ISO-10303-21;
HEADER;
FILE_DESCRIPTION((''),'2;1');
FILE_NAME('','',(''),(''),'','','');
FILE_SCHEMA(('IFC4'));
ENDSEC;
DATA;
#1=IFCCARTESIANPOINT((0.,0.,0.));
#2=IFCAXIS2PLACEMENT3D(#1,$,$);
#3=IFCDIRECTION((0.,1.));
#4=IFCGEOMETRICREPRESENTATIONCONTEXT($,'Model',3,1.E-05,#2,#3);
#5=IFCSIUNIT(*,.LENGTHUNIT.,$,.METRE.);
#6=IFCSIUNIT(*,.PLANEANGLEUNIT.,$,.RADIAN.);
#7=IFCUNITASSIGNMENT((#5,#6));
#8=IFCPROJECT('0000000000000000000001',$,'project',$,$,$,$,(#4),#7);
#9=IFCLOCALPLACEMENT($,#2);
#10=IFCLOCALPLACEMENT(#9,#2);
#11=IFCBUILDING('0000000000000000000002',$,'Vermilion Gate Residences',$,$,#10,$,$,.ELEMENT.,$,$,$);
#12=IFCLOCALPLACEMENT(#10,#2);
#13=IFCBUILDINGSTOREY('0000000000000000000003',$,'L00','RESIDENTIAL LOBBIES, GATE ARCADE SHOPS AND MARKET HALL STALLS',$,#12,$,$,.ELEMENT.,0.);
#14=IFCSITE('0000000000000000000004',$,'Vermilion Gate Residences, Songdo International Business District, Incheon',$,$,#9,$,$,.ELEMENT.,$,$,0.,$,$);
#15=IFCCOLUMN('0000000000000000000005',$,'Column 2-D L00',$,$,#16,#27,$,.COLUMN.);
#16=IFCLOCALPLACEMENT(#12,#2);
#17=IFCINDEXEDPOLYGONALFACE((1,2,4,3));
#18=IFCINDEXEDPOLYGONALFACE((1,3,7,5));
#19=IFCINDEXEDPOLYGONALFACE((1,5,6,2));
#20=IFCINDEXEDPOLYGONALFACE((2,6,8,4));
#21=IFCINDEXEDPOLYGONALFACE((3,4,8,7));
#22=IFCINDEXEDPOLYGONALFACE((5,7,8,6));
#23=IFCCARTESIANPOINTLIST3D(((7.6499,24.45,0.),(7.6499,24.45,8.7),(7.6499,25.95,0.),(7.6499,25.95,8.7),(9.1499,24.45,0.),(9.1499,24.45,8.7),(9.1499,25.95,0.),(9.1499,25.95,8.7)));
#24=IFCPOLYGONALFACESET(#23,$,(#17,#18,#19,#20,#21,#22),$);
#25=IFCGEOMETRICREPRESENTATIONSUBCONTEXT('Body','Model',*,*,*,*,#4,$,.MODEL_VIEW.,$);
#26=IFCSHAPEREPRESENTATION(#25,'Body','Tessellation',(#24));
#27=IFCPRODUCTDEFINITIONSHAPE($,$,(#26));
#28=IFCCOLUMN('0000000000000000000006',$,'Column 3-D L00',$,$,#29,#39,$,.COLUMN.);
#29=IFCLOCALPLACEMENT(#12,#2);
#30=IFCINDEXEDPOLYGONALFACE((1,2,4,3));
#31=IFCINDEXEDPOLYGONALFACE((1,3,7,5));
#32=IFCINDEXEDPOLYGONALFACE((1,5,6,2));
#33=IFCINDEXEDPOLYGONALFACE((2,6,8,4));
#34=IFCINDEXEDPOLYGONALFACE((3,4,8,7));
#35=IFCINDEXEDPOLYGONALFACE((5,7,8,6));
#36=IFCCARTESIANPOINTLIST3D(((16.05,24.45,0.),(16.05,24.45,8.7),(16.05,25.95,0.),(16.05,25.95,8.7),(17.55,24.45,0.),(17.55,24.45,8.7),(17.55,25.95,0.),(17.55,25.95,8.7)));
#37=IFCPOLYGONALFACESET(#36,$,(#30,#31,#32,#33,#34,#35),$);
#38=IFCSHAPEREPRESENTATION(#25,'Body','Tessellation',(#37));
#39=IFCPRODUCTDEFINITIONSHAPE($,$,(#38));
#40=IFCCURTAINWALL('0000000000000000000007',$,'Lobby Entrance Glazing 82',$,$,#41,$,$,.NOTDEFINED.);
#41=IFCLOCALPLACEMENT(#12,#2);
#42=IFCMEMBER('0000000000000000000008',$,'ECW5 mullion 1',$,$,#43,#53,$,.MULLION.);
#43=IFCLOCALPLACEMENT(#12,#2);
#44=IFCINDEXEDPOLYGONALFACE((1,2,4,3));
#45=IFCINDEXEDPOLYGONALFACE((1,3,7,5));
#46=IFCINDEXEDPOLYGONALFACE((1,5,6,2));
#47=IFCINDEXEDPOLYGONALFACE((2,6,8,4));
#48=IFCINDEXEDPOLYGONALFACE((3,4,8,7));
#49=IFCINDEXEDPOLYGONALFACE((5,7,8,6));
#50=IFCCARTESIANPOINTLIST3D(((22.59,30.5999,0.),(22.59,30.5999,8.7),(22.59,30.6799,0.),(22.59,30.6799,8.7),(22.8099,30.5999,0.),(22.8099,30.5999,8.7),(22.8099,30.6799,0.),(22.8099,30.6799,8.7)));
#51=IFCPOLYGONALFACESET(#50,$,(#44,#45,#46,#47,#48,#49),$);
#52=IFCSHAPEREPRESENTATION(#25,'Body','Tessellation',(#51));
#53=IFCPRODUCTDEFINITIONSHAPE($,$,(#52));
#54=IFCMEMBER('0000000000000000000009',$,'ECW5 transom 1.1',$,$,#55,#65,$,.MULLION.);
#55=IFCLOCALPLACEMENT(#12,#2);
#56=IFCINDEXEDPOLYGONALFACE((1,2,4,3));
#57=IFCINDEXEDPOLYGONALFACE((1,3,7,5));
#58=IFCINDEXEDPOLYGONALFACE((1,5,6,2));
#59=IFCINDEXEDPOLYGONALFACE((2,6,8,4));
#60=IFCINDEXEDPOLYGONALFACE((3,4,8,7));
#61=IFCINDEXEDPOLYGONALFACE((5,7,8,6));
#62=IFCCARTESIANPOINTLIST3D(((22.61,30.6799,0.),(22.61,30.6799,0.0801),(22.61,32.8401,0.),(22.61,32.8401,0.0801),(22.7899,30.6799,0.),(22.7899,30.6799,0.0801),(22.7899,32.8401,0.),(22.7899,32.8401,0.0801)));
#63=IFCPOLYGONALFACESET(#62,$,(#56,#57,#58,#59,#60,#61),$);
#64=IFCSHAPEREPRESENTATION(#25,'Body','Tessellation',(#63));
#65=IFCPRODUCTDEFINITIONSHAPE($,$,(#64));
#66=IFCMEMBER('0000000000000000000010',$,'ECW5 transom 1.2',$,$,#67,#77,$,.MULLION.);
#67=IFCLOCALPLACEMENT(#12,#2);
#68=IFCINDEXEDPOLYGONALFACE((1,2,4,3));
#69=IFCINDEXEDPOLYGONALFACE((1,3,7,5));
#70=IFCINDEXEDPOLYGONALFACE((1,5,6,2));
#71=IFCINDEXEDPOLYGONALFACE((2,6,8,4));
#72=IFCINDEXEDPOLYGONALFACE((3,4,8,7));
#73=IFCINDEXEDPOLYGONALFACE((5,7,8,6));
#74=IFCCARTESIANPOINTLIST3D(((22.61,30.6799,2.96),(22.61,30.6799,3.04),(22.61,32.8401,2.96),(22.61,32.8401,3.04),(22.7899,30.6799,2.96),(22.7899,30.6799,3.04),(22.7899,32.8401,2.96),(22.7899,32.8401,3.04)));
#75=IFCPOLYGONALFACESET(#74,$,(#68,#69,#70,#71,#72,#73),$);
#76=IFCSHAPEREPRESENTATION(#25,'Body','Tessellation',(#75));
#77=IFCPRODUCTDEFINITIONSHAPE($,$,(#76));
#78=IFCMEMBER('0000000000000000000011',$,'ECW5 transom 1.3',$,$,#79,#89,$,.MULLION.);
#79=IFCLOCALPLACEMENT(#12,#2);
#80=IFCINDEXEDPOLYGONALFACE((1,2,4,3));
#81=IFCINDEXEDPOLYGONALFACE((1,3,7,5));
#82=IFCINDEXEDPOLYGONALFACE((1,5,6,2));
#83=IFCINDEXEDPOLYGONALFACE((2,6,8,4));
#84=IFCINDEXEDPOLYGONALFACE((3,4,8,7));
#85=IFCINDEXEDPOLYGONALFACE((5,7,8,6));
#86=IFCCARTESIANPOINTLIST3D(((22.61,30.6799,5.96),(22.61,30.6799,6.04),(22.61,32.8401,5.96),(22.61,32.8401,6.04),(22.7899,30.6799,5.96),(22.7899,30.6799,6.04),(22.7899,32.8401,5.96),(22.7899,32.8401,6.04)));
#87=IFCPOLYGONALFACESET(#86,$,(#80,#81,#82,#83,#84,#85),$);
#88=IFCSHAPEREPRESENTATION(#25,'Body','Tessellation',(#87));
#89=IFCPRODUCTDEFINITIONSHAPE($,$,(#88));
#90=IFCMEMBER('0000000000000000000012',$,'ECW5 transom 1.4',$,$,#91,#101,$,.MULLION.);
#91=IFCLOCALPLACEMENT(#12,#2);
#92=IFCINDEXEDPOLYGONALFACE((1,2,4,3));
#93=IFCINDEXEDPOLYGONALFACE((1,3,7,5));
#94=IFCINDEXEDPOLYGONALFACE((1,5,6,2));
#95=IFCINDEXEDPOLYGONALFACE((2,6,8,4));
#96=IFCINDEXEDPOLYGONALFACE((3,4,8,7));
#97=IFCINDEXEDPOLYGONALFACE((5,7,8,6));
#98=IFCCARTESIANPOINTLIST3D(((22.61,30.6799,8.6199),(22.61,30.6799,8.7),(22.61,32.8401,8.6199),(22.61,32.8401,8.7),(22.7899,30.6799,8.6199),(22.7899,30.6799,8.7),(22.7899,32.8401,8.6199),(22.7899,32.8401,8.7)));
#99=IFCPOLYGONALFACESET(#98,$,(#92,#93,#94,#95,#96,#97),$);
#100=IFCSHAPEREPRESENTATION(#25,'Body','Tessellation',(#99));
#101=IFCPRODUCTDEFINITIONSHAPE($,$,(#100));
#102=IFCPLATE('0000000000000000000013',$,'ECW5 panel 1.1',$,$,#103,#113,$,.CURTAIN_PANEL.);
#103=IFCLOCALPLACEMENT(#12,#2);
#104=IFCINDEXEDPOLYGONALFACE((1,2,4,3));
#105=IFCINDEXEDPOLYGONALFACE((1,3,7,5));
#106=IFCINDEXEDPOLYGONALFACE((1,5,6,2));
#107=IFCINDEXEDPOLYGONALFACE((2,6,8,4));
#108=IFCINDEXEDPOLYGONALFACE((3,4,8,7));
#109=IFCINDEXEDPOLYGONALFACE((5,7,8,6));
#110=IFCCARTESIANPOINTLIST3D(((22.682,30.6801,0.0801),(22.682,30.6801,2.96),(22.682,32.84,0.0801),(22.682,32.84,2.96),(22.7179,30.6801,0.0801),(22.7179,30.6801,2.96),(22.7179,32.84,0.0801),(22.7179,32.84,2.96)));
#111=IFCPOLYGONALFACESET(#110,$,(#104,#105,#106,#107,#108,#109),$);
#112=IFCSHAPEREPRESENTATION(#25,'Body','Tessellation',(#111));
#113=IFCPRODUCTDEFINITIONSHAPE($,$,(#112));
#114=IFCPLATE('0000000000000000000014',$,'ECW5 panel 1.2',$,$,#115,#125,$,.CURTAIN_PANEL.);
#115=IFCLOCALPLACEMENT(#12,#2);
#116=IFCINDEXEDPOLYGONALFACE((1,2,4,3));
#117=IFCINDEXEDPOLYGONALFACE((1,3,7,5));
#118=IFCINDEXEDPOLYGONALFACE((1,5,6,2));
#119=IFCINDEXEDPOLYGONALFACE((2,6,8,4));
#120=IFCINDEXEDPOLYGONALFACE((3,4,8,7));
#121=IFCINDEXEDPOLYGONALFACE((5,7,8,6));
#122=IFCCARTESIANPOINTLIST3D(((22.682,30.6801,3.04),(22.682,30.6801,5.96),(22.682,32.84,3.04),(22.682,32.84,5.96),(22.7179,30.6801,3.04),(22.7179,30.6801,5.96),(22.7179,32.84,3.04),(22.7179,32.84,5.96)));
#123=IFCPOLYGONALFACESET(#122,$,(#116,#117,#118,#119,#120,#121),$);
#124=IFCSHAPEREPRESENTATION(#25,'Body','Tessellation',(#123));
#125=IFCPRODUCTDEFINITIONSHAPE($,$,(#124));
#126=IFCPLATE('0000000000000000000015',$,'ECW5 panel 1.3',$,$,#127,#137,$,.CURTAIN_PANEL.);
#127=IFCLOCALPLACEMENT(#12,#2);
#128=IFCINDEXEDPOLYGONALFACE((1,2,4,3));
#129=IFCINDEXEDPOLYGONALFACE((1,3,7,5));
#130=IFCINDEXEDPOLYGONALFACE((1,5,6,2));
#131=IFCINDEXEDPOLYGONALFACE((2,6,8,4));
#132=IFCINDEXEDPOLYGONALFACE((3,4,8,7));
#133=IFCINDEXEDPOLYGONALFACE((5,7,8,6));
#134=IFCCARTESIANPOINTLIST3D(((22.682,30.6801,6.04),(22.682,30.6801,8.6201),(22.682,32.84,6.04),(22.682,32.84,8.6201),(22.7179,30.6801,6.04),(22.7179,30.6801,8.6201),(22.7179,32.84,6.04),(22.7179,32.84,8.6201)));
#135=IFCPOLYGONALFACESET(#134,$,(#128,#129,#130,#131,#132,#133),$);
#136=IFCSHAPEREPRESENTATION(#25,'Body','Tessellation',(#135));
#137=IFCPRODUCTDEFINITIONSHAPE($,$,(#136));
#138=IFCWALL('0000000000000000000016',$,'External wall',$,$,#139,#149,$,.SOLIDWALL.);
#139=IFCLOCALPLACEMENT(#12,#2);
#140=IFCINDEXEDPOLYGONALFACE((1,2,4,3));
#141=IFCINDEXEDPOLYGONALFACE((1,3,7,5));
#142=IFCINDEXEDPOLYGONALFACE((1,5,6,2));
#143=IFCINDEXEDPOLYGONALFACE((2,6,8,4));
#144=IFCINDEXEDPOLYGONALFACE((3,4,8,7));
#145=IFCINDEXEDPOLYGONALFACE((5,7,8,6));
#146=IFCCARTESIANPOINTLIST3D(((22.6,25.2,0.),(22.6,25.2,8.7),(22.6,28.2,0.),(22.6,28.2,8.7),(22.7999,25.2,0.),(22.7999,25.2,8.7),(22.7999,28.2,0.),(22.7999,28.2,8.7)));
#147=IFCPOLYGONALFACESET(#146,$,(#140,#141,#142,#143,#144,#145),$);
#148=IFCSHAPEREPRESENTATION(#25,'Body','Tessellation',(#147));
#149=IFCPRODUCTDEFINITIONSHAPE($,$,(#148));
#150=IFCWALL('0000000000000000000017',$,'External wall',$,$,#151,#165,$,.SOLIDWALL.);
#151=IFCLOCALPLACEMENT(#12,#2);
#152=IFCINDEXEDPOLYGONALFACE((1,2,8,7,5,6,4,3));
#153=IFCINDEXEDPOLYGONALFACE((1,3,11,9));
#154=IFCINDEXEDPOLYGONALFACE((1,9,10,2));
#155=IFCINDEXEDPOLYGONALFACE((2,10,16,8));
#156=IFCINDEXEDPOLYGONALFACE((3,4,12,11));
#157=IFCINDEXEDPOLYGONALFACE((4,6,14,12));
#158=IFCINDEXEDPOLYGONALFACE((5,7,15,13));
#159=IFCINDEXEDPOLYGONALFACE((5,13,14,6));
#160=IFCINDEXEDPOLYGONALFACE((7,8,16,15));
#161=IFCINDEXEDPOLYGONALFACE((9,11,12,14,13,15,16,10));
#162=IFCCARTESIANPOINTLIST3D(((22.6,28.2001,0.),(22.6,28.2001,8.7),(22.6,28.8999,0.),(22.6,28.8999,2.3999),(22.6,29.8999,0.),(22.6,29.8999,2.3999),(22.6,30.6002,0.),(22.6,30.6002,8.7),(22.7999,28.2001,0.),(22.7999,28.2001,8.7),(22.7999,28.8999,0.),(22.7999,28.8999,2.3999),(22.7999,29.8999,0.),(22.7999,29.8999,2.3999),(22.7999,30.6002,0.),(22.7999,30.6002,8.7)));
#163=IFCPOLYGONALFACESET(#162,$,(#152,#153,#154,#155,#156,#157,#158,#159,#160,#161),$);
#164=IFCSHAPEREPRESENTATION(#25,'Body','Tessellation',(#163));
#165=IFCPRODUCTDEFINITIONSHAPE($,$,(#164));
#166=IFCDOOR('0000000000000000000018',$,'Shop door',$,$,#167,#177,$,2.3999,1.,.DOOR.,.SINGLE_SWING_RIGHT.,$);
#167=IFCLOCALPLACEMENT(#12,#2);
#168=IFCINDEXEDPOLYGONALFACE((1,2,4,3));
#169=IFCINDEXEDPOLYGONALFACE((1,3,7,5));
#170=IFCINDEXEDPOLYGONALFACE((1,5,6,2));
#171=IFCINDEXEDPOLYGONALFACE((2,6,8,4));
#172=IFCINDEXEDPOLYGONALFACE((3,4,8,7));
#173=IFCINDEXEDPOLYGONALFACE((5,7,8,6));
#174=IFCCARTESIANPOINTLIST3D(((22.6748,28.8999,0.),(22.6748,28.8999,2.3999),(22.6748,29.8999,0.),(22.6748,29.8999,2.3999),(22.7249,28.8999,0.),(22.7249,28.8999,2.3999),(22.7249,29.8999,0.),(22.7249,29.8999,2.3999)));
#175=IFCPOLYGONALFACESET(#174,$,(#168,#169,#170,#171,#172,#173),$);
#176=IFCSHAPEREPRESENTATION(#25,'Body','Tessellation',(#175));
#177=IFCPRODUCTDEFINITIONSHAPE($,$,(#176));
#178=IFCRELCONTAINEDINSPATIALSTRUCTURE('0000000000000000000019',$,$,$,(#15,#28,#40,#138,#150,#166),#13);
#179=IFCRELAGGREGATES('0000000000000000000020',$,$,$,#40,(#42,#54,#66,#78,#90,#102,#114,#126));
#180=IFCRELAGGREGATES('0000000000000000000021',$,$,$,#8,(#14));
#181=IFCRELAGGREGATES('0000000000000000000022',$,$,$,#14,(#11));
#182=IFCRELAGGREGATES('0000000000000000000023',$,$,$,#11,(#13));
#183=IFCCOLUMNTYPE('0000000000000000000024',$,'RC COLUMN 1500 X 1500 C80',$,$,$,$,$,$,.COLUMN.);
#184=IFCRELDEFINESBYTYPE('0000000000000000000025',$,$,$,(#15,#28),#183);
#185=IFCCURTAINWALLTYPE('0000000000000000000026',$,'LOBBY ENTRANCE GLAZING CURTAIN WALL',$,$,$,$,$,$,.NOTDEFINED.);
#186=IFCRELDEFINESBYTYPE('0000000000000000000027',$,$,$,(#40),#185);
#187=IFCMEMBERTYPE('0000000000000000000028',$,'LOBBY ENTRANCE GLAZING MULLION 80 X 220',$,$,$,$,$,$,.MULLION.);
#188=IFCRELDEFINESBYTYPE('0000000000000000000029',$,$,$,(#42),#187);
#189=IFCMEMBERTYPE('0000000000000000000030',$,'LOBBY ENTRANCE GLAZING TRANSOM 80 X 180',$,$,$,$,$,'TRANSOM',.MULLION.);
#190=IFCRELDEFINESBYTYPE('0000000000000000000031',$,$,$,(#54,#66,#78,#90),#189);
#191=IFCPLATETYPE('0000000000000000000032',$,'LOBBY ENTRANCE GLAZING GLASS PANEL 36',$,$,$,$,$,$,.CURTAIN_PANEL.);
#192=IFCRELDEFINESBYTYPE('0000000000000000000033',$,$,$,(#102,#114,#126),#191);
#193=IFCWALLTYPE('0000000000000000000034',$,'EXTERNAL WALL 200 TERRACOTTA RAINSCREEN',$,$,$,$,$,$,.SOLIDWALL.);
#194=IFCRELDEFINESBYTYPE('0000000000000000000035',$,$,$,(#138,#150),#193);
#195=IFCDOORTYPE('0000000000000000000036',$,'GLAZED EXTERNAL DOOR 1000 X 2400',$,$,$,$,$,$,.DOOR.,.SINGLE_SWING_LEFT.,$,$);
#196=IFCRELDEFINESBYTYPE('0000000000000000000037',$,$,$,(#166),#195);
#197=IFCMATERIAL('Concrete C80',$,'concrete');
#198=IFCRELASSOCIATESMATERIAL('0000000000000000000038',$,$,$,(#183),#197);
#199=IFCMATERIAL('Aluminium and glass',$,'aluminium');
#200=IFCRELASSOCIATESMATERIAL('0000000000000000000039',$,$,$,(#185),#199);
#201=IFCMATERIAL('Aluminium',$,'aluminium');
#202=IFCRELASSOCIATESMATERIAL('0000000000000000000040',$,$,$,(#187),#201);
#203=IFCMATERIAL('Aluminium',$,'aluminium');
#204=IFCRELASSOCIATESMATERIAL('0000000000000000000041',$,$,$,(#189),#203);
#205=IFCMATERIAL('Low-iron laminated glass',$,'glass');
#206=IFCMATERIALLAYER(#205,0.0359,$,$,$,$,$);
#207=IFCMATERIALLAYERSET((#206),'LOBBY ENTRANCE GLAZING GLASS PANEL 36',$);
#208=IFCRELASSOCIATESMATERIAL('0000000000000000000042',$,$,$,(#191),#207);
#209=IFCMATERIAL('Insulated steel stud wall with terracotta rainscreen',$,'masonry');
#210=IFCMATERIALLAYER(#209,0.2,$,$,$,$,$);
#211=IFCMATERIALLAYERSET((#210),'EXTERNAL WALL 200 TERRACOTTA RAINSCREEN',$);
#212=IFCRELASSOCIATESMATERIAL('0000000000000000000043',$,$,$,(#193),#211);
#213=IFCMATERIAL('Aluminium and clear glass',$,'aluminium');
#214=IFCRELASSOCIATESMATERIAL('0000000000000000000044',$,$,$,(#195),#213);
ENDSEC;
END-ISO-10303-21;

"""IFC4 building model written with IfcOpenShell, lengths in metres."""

from ifc_helpers import new_model, si_unit, direction, frame, frame_2d, origin, origin_2d, place, context, subcontext, project, spatial, rectangle, extrude, material, layer, layer_set, material_profile, profile_set, type_object, element, fill, aggregate, save


model = new_model("IFC4")

# Units and contexts
model_context = context("Model", 3, precision=1e-05, world=origin(), true_north=direction((0.0, 1.0)))
body_context = subcontext(model_context, "Body", "Model", "MODEL_VIEW")
ifc_project = project(units=[si_unit("LENGTHUNIT", "METRE"), si_unit("PLANEANGLEUNIT", "RADIAN")], contexts=[model_context])

# Site, building, storey
site_placement = place(None, origin())
site = spatial("IfcSite", under=ifc_project, at=site_placement, Name="Vermilion Gate Residences, Songdo International Business District, Incheon", CompositionType="ELEMENT", RefElevation=0.0)
building_placement = place(site_placement, origin())
building = spatial("IfcBuilding", under=site, at=building_placement, Name="Vermilion Gate Residences", CompositionType="ELEMENT")
storey_placement = place(building_placement, origin())
storey = spatial("IfcBuildingStorey", under=building, at=storey_placement, Name="L00", Description="RESIDENTIAL LOBBIES, GATE ARCADE SHOPS AND MARKET HALL STALLS", CompositionType="ELEMENT", Elevation=0.0)

# Columns
ifc_material_1 = material(Name="Concrete C80", Category="concrete")
ifc_material_profile_1 = material_profile(ifc_material_1, rectangle(XDim=1.5, YDim=1.5, at=origin_2d()), Name="RC-1500x1500")
ifc_profile_set_1 = profile_set([ifc_material_profile_1], Name="Concrete C80")
column_type = type_object("IfcColumnType", Name="RC COLUMN 1500 X 1500 C80", PredefinedType="COLUMN", material=ifc_profile_set_1)
for number, where, z_axis, x_axis, name in (
    (1, (8.3999, 25.2, 0.0), (0.0, 0.0, 1.0), (1.0, 0.0, 0.0), "Column 2-D L00"),
    (2, (16.8, 25.2, 0.0), (0.0, 0.0, 1.0), (1.0, 0.0, 0.0), "Column 3-D L00"),
):
    element("IfcColumn", number, at=place(storey_placement, frame(where, z_axis=z_axis, x_axis=x_axis)), inside=storey, type_object=column_type, Name=name, PredefinedType="COLUMN", context=body_context, shape_type="SweptSolid", body=[
        extrude(rectangle(XDim=1.5, YDim=1.5, at=origin_2d()), origin(), (0.0, 0.0, 1.0), 8.7),
    ])

# Curtain wall, members, plates
ifc_material_2 = material(Name="Aluminium and glass", Category="aluminium")
curtain_wall_type = type_object("IfcCurtainWallType", Name="LOBBY ENTRANCE GLAZING CURTAIN WALL", PredefinedType="NOTDEFINED", material=ifc_material_2)
curtain_wall_placement = place(storey_placement, origin())
curtain_wall = element("IfcCurtainWall", 3, at=curtain_wall_placement, inside=storey, type_object=curtain_wall_type, Name="Lobby Entrance Glazing 82", PredefinedType="NOTDEFINED")
ifc_material_3 = material(Name="Aluminium", Category="aluminium")
ifc_material_profile_2 = material_profile(ifc_material_3, rectangle(XDim=0.22, YDim=0.0801, at=origin_2d()), Name="MULLION 80 X 220")
ifc_profile_set_2 = profile_set([ifc_material_profile_2], Name="Aluminium")
member_type_1 = type_object("IfcMemberType", Name="LOBBY ENTRANCE GLAZING MULLION 80 X 220", PredefinedType="MULLION", material=ifc_profile_set_2)
member_1_placement = place(storey_placement, frame((22.7, 30.6399, 0.0), z_axis=(0.0, 0.0, 1.0), x_axis=(-1.0, 0.0, 0.0)))
member_1 = element("IfcMember", 4, at=member_1_placement, type_object=member_type_1, Name="ECW5 mullion 1", PredefinedType="MULLION", context=body_context, shape_type="SweptSolid", body=[
    extrude(rectangle(XDim=0.22, YDim=0.0801, at=origin_2d()), origin(), (0.0, 0.0, 1.0), 8.7),
])
ifc_material_4 = material(Name="Aluminium", Category="aluminium")
ifc_material_profile_3 = material_profile(ifc_material_4, rectangle(XDim=0.1799, YDim=0.0801, at=origin_2d()), Name="TRANSOM 80 X 180")
ifc_profile_set_3 = profile_set([ifc_material_profile_3], Name="Aluminium")
member_type_2 = type_object("IfcMemberType", Name="LOBBY ENTRANCE GLAZING TRANSOM 80 X 180", ElementType="TRANSOM", PredefinedType="MULLION", material=ifc_profile_set_3)
member_2_placement = place(storey_placement, frame((22.7, 30.6799, 0.04), z_axis=(0.0, 1.0, 0.0), x_axis=(-1.0, 0.0, 0.0)))
member_2 = element("IfcMember", 5, at=member_2_placement, type_object=member_type_2, Name="ECW5 transom 1.1", PredefinedType="MULLION", context=body_context, shape_type="SweptSolid", body=[
    extrude(rectangle(XDim=0.1799, YDim=0.0801, at=origin_2d()), origin(), (0.0, 0.0, 1.0), 2.1602),
])
member_3_placement = place(storey_placement, frame((22.7, 30.6799, 3.0), z_axis=(0.0, 1.0, 0.0), x_axis=(-1.0, 0.0, 0.0)))
member_3 = element("IfcMember", 6, at=member_3_placement, type_object=member_type_2, Name="ECW5 transom 1.2", PredefinedType="MULLION", context=body_context, shape_type="SweptSolid", body=[
    extrude(rectangle(XDim=0.1799, YDim=0.0801, at=origin_2d()), origin(), (0.0, 0.0, 1.0), 2.1602),
])
member_4_placement = place(storey_placement, frame((22.7, 30.6799, 6.0), z_axis=(0.0, 1.0, 0.0), x_axis=(-1.0, 0.0, 0.0)))
member_4 = element("IfcMember", 7, at=member_4_placement, type_object=member_type_2, Name="ECW5 transom 1.3", PredefinedType="MULLION", context=body_context, shape_type="SweptSolid", body=[
    extrude(rectangle(XDim=0.1799, YDim=0.0801, at=origin_2d()), origin(), (0.0, 0.0, 1.0), 2.1602),
])
member_5_placement = place(storey_placement, frame((22.7, 30.6799, 8.6599), z_axis=(0.0, 1.0, 0.0), x_axis=(-1.0, 0.0, 0.0)))
member_5 = element("IfcMember", 8, at=member_5_placement, type_object=member_type_2, Name="ECW5 transom 1.4", PredefinedType="MULLION", context=body_context, shape_type="SweptSolid", body=[
    extrude(rectangle(XDim=0.1799, YDim=0.0801, at=origin_2d()), origin(), (0.0, 0.0, 1.0), 2.1602),
])
ifc_material_5 = material(Name="Low-iron laminated glass", Category="glass")
ifc_layer_1 = layer(ifc_material_5, 0.0359)
ifc_layer_set_1 = layer_set([ifc_layer_1], Name="LOBBY ENTRANCE GLAZING GLASS PANEL 36")
plate_type = type_object("IfcPlateType", Name="LOBBY ENTRANCE GLAZING GLASS PANEL 36", PredefinedType="CURTAIN_PANEL", material=ifc_layer_set_1)
plate_1_placement = place(storey_placement, frame((22.7, 31.76, 0.0801), z_axis=(0.0, 0.0, 1.0), x_axis=(0.0, 1.0, 0.0)))
plate_1 = element("IfcPlate", 9, at=plate_1_placement, type_object=plate_type, Name="ECW5 panel 1.1", PredefinedType="CURTAIN_PANEL", context=body_context, shape_type="SweptSolid", body=[
    extrude(rectangle(XDim=2.1599, YDim=0.0359, at=origin_2d()), origin(), (0.0, 0.0, 1.0), 2.8799),
])
plate_2_placement = place(storey_placement, frame((22.7, 31.76, 3.04), z_axis=(0.0, 0.0, 1.0), x_axis=(0.0, 1.0, 0.0)))
plate_2 = element("IfcPlate", 10, at=plate_2_placement, type_object=plate_type, Name="ECW5 panel 1.2", PredefinedType="CURTAIN_PANEL", context=body_context, shape_type="SweptSolid", body=[
    extrude(rectangle(XDim=2.1599, YDim=0.0359, at=origin_2d()), origin(), (0.0, 0.0, 1.0), 2.9199),
])
plate_3_placement = place(storey_placement, frame((22.7, 31.76, 6.04), z_axis=(0.0, 0.0, 1.0), x_axis=(0.0, 1.0, 0.0)))
plate_3 = element("IfcPlate", 11, at=plate_3_placement, type_object=plate_type, Name="ECW5 panel 1.3", PredefinedType="CURTAIN_PANEL", context=body_context, shape_type="SweptSolid", body=[
    extrude(rectangle(XDim=2.1599, YDim=0.0359, at=origin_2d()), origin(), (0.0, 0.0, 1.0), 2.5801),
])
aggregate(curtain_wall, [member_1, member_2, member_3, member_4, member_5, plate_1, plate_2, plate_3])

# Wall
ifc_material_6 = material(Name="Insulated steel stud wall with terracotta rainscreen", Category="masonry")
ifc_layer_2 = layer(ifc_material_6, 0.2)
ifc_layer_set_2 = layer_set([ifc_layer_2], Name="EXTERNAL WALL 200 TERRACOTTA RAINSCREEN")
wall_type_1 = type_object("IfcWallType", Name="EXTERNAL WALL 200 TERRACOTTA RAINSCREEN", PredefinedType="SOLIDWALL", material=ifc_layer_set_2)
wall_1_placement = place(storey_placement, frame((22.7, 25.2, 0.0), z_axis=(0.0, 0.0, 1.0), x_axis=(0.0, 1.0, 0.0)))
element("IfcWall", 12, at=wall_1_placement, inside=storey, type_object=wall_type_1, Name="External wall", PredefinedType="SOLIDWALL", context=body_context, shape_type="SweptSolid", body=[
    extrude(rectangle(XDim=3.0, YDim=0.2, at=frame_2d((1.5, 0.0))), origin(), (0.0, 0.0, 1.0), 8.7),
])

# Wall, opening, door
wall_2_placement = place(storey_placement, frame((22.7, 28.2, 0.0), z_axis=(0.0, 0.0, 1.0), x_axis=(0.0, 1.0, 0.0)))
wall_2 = element("IfcWall", 13, at=wall_2_placement, inside=storey, type_object=wall_type_1, Name="External wall", PredefinedType="SOLIDWALL", context=body_context, shape_type="SweptSolid", body=[
    extrude(rectangle(XDim=2.4001, YDim=0.2, at=frame_2d((1.2002, 0.0))), origin(), (0.0, 0.0, 1.0), 8.7),
])
opening_1_placement = place(wall_2_placement, frame((0.7, 0.0, 0.0)))
opening_1 = element("IfcOpeningElement", 14, at=opening_1_placement, cuts=wall_2, PredefinedType="OPENING", context=body_context, shape_type="SweptSolid", body=[
    extrude(rectangle(XDim=1.0, YDim=2.3999, at=frame_2d((0.5, 1.2))), frame((0.0, 0.1099, 0.0), z_axis=(0.0, -1.0, 0.0), x_axis=(1.0, 0.0, 0.0)), (0.0, 0.0, 1.0), 0.22),
])
ifc_material_7 = material(Name="Aluminium and clear glass", Category="aluminium")
door_type_1 = type_object("IfcDoorType", Name="GLAZED EXTERNAL DOOR 1000 X 2400", OperationType="SINGLE_SWING_LEFT", PredefinedType="DOOR", material=ifc_material_7)
door_1_placement = place(opening_1_placement, frame((1.0, 0.0, 0.0), z_axis=(0.0, 0.0, 1.0), x_axis=(-1.0, 0.0, 0.0)))
door_1 = element("IfcDoor", 15, at=door_1_placement, inside=storey, type_object=door_type_1, Name="Shop door", OperationType="SINGLE_SWING_RIGHT", OverallHeight=2.3999, OverallWidth=1.0, PredefinedType="DOOR", context=body_context, shape_type="SweptSolid", body=[
    extrude(rectangle(XDim=1.0, YDim=2.3999, at=frame_2d((0.5, 1.2))), frame((0.0, 0.0249, 0.0), z_axis=(0.0, -1.0, 0.0), x_axis=(1.0, 0.0, 0.0)), (0.0, 0.0, 1.0), 0.05),
])
fill(opening_1, door_1)

save(model, "model.ifc")
